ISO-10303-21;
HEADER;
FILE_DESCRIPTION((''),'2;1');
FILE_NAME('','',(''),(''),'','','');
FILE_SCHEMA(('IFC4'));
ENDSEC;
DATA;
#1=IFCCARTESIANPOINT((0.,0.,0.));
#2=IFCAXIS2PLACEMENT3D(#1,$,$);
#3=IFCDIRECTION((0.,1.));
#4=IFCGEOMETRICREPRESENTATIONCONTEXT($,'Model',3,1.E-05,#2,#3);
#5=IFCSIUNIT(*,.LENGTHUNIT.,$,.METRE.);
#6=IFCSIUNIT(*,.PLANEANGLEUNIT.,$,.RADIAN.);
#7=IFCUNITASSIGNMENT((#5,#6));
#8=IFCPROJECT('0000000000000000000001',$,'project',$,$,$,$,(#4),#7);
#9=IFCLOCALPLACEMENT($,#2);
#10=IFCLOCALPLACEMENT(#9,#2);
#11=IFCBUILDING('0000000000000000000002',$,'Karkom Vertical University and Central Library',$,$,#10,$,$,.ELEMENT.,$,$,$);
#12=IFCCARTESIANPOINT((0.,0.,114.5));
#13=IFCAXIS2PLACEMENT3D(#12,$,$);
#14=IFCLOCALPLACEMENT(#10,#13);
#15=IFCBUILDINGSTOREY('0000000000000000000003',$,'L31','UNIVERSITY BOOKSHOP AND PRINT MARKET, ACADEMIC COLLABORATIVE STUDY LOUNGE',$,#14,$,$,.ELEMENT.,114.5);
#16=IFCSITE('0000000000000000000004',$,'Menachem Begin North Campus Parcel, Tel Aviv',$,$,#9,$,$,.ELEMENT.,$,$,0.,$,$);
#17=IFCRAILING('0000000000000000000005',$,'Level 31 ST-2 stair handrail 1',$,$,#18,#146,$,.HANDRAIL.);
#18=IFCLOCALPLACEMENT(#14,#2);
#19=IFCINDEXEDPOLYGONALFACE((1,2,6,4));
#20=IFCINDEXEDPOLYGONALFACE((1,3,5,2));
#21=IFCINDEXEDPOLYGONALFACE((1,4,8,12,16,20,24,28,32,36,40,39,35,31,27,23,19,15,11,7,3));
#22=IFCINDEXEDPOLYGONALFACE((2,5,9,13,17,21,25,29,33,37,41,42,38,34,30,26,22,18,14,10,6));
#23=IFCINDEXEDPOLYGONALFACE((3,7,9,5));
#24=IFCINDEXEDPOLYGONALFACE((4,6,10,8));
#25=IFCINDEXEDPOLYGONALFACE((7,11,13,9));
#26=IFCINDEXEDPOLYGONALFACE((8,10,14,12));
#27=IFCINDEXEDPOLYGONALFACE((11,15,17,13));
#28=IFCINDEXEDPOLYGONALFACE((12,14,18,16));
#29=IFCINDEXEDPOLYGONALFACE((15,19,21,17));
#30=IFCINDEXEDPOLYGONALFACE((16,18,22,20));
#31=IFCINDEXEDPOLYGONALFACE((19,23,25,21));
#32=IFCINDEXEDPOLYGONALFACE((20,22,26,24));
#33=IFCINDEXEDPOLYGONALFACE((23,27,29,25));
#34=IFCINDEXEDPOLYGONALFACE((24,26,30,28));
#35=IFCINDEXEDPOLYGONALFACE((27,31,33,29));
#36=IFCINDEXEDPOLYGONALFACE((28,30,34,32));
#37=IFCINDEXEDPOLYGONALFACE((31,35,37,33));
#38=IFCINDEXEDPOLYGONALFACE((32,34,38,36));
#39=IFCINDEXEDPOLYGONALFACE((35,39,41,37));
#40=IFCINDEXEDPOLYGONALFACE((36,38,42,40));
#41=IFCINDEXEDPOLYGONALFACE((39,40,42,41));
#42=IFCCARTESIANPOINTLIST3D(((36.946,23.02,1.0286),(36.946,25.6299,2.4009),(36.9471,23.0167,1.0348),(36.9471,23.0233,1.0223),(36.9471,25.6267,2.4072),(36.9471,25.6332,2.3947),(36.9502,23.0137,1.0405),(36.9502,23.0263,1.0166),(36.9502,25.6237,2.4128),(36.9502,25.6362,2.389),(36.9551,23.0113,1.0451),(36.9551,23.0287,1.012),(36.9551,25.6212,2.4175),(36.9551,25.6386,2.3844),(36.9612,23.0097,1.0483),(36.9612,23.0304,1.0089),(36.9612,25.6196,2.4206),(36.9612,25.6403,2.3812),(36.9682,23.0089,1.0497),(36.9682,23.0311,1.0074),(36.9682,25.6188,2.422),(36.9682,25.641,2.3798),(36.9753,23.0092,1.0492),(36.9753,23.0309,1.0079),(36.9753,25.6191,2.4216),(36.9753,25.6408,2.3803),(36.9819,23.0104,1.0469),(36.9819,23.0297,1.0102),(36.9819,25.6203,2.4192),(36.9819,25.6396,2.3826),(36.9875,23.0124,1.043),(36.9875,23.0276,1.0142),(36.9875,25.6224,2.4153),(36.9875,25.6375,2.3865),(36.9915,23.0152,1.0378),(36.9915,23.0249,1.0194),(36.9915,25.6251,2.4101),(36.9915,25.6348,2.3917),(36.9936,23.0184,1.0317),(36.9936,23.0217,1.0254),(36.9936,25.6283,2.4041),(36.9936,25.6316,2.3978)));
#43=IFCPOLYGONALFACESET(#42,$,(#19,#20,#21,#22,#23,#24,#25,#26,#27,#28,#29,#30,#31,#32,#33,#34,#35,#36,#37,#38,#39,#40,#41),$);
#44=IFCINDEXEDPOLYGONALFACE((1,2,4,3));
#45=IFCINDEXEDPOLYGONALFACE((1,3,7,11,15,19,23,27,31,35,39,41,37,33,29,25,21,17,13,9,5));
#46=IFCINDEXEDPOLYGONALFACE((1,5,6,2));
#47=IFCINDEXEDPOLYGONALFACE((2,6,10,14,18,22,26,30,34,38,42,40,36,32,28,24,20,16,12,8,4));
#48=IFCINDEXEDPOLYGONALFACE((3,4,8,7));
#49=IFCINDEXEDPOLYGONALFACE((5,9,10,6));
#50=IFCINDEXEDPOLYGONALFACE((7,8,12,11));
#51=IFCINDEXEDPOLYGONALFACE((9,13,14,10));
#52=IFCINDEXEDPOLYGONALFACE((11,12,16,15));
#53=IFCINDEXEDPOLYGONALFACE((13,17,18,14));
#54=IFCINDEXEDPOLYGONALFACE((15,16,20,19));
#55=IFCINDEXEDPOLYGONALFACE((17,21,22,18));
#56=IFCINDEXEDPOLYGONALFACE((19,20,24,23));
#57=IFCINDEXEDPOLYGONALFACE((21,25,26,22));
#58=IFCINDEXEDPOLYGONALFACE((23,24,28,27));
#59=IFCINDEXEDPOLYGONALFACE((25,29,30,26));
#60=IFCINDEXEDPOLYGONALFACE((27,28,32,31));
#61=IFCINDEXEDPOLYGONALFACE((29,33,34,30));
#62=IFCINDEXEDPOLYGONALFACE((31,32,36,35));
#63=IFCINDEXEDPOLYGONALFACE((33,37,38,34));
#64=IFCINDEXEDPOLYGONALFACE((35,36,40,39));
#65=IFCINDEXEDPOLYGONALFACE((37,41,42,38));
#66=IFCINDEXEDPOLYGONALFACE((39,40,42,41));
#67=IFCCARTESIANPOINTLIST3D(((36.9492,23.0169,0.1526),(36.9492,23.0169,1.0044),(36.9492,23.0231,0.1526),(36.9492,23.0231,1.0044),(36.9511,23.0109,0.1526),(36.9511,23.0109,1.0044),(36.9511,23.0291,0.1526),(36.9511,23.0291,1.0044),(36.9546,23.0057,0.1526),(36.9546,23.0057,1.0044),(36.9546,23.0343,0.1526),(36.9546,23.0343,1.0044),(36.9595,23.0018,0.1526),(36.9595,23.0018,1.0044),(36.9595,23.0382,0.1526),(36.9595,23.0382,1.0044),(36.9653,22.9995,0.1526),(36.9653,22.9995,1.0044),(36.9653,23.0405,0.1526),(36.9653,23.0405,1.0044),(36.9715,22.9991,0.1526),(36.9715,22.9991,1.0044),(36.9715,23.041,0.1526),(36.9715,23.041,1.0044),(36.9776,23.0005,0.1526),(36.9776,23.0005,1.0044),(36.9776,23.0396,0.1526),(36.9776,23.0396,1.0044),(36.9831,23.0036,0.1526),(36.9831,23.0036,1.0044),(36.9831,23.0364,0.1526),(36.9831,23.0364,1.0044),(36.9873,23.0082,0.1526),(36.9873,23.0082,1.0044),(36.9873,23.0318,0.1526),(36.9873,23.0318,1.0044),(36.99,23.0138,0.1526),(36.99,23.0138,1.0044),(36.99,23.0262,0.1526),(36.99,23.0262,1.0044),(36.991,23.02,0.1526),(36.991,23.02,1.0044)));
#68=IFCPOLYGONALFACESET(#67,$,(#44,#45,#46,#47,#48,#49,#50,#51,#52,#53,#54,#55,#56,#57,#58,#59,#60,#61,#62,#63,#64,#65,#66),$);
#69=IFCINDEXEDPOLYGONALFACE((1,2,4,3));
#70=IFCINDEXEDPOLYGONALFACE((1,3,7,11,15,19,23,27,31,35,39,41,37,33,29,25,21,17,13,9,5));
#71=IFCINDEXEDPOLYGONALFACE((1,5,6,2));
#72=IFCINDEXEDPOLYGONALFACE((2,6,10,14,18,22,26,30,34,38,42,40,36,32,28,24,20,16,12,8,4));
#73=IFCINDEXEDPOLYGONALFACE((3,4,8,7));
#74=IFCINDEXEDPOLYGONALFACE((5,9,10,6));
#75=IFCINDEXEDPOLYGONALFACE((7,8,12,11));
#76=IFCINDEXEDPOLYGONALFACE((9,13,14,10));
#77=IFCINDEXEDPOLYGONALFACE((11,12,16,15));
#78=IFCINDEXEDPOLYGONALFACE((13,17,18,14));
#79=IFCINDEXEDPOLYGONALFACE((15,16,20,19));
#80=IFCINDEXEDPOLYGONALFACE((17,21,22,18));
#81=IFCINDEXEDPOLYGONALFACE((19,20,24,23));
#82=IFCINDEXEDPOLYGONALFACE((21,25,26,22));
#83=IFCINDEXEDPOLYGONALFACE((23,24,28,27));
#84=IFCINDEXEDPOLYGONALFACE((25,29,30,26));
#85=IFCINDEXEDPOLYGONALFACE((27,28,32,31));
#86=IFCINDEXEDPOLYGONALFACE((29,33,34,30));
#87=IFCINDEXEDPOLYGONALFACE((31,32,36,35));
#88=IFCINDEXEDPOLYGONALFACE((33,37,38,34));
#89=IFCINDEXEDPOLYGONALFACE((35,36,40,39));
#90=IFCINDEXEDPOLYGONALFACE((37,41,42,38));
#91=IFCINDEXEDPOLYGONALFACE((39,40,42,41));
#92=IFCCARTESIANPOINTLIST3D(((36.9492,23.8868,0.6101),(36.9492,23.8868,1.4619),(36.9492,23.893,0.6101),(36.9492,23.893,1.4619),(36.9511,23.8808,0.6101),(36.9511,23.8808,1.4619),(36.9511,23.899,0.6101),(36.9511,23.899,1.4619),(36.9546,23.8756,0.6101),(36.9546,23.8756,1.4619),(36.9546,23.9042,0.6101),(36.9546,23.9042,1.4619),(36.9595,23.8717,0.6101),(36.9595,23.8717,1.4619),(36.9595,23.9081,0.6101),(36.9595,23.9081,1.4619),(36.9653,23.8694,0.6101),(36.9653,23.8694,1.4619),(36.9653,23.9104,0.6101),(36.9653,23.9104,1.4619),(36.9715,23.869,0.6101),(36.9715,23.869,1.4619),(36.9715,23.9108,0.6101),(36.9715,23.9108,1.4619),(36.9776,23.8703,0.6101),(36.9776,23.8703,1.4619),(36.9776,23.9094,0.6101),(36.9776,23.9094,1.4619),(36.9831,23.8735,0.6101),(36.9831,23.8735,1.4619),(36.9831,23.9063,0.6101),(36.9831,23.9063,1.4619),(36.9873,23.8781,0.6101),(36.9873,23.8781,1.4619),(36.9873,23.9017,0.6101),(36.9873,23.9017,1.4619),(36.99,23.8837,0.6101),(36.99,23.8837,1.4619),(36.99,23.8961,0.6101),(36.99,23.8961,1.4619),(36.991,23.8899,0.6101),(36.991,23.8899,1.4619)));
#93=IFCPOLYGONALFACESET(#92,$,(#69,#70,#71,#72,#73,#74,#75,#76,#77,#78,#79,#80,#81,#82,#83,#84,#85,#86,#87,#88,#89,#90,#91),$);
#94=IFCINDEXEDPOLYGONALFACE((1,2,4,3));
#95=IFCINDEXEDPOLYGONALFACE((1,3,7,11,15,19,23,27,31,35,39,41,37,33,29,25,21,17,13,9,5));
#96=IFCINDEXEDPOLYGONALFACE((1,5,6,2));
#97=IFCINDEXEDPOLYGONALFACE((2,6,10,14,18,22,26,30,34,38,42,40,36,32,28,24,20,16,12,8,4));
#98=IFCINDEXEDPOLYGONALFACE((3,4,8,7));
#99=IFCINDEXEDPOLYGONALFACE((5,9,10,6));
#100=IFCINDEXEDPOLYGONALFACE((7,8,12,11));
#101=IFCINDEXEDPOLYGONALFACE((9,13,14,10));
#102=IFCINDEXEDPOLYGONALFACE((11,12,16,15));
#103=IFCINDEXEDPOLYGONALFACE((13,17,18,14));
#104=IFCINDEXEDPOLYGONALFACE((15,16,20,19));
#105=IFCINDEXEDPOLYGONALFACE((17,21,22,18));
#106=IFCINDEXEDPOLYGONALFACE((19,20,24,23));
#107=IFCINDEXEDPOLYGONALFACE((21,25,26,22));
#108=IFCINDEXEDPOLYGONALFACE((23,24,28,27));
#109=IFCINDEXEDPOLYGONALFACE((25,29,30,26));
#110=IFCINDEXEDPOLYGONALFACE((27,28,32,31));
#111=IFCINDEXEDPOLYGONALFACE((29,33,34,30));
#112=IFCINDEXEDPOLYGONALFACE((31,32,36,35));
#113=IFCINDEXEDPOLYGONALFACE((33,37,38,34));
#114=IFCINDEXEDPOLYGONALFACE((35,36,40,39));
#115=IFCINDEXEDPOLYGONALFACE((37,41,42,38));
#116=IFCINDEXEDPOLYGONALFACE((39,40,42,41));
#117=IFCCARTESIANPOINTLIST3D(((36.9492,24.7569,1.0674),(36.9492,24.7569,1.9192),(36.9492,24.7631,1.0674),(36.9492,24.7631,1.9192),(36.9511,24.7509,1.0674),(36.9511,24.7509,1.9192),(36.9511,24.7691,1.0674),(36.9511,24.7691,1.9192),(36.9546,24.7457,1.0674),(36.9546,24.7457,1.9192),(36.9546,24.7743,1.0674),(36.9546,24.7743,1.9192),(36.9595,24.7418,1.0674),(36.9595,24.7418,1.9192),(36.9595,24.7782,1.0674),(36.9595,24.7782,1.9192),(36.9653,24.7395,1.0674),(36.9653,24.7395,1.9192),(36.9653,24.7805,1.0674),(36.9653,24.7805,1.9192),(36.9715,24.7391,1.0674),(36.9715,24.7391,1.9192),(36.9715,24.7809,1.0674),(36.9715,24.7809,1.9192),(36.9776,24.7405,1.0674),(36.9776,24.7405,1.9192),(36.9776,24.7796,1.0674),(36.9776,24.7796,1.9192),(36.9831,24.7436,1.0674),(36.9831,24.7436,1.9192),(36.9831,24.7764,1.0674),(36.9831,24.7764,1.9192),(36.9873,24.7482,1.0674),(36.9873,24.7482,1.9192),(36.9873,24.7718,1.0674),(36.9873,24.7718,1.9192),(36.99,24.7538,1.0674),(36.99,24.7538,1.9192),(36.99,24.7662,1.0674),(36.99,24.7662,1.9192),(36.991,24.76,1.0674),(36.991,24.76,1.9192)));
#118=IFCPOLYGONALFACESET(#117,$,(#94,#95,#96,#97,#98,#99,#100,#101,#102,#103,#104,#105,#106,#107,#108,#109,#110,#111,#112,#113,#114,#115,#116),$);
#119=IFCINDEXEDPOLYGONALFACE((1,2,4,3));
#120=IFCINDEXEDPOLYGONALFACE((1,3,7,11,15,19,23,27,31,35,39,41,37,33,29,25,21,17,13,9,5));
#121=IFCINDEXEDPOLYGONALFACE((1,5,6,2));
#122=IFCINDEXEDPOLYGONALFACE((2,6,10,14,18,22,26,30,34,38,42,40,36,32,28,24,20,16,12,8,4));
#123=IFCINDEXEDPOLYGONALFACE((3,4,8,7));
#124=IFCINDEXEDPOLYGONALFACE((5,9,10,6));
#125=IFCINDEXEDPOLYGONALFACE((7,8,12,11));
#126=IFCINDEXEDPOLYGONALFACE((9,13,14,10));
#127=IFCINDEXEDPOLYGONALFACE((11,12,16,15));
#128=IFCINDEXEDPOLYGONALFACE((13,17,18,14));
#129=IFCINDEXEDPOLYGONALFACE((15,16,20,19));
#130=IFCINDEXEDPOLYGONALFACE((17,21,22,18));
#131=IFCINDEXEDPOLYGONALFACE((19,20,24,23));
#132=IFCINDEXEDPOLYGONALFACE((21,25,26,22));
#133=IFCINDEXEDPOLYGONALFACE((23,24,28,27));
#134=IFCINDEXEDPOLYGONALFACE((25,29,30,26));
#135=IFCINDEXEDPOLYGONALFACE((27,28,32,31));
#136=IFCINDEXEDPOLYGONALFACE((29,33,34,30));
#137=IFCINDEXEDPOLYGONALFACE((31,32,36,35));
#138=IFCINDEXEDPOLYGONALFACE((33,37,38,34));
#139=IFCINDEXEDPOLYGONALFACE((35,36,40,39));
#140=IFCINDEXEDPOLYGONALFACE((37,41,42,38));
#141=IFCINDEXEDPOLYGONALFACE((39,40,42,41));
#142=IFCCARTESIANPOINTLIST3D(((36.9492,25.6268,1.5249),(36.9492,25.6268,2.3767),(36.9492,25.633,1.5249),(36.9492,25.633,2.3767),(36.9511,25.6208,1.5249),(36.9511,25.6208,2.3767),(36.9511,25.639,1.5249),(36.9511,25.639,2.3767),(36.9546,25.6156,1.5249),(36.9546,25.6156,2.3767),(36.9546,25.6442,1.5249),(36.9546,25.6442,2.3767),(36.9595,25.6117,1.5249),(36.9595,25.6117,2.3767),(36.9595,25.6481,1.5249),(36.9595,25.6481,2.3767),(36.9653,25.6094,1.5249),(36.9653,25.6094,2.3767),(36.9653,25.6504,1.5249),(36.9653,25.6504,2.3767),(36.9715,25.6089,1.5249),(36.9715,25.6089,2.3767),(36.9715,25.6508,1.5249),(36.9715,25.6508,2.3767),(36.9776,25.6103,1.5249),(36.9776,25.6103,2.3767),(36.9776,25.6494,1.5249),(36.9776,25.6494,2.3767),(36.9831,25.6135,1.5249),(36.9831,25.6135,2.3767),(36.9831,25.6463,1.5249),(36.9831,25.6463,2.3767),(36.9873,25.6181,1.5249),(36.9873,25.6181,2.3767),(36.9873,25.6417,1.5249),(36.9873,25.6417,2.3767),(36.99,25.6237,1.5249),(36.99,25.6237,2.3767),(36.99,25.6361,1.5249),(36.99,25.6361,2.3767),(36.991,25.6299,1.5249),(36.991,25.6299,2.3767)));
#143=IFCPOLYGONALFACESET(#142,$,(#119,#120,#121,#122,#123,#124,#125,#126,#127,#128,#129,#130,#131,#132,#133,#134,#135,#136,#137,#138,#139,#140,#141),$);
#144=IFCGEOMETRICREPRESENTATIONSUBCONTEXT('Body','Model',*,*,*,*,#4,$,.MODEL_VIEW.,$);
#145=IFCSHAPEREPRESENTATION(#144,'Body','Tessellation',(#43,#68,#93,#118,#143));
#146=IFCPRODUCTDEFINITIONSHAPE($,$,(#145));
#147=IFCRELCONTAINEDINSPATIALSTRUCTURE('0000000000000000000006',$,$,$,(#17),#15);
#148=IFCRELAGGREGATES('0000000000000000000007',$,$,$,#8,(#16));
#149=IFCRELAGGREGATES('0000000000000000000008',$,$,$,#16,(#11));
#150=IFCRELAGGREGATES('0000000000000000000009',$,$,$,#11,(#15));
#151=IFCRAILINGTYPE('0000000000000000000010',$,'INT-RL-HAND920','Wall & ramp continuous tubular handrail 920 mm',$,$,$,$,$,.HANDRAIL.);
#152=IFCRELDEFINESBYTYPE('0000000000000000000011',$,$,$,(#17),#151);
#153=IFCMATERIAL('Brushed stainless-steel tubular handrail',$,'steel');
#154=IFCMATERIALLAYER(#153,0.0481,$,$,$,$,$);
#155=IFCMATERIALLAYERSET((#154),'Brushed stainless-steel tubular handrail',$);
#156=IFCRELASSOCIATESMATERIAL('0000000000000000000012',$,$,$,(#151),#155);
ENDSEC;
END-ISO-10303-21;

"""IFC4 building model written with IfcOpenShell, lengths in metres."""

from ifc_helpers import new_model, si_unit, direction, frame, origin, origin_2d, place, context, subcontext, project, spatial, circle, extrude, material, layer, layer_set, type_object, element, save


model = new_model("IFC4")

# Units and contexts
model_context = context("Model", 3, precision=1e-05, world=origin(), true_north=direction((0.0, 1.0)))
body_context = subcontext(model_context, "Body", "Model", "MODEL_VIEW")
ifc_project = project(units=[si_unit("LENGTHUNIT", "METRE"), si_unit("PLANEANGLEUNIT", "RADIAN")], contexts=[model_context])

# Site, building, storey
site_placement = place(None, origin())
site = spatial("IfcSite", under=ifc_project, at=site_placement, Name="Menachem Begin North Campus Parcel, Tel Aviv", CompositionType="ELEMENT", RefElevation=0.0)
building_placement = place(site_placement, origin())
building = spatial("IfcBuilding", under=site, at=building_placement, Name="Karkom Vertical University and Central Library", CompositionType="ELEMENT")
storey_placement = place(building_placement, frame((0.0, 0.0, 114.5)))
storey = spatial("IfcBuildingStorey", under=building, at=storey_placement, Name="L31", Description="UNIVERSITY BOOKSHOP AND PRINT MARKET, ACADEMIC COLLABORATIVE STUDY LOUNGE", CompositionType="ELEMENT", Elevation=114.5)

# Railing
ifc_material_1 = material(Name="Brushed stainless-steel tubular handrail", Category="steel")
ifc_layer_1 = layer(ifc_material_1, 0.0481)
ifc_layer_set_1 = layer_set([ifc_layer_1], Name="Brushed stainless-steel tubular handrail")
railing_type_1 = type_object("IfcRailingType", Name="INT-RL-HAND920", Description="Wall & ramp continuous tubular handrail 920 mm", PredefinedType="HANDRAIL", material=ifc_layer_set_1)
railing_1_placement = place(storey_placement, frame((36.97, 23.02, 0.1526)))
element("IfcRailing", 1, at=railing_1_placement, inside=storey, type_object=railing_type_1, Name="Level 31 ST-2 stair handrail 1", PredefinedType="HANDRAIL", context=body_context, shape_type="SweptSolid", body=[
    extrude(circle(Radius=0.0239, at=origin_2d()), frame((0.0, 0.0, 0.876), z_axis=(0.0, 0.8851, 0.465402), x_axis=(-1.0, 0.0, 0.0)), (0.0, 0.0, 1.0), 2.9487),
    extrude(circle(Radius=0.021, at=origin_2d()), origin(), (0.0, 0.0, 1.0), 0.8518),
    extrude(circle(Radius=0.021, at=origin_2d()), frame((0.0, 0.8699, 0.4575)), (0.0, 0.0, 1.0), 0.8518),
    extrude(circle(Radius=0.021, at=origin_2d()), frame((0.0, 1.74, 0.9148)), (0.0, 0.0, 1.0), 0.8518),
    extrude(circle(Radius=0.021, at=origin_2d()), frame((0.0, 2.6099, 1.3723)), (0.0, 0.0, 1.0), 0.8518),
])

save(model, "model.ifc")
